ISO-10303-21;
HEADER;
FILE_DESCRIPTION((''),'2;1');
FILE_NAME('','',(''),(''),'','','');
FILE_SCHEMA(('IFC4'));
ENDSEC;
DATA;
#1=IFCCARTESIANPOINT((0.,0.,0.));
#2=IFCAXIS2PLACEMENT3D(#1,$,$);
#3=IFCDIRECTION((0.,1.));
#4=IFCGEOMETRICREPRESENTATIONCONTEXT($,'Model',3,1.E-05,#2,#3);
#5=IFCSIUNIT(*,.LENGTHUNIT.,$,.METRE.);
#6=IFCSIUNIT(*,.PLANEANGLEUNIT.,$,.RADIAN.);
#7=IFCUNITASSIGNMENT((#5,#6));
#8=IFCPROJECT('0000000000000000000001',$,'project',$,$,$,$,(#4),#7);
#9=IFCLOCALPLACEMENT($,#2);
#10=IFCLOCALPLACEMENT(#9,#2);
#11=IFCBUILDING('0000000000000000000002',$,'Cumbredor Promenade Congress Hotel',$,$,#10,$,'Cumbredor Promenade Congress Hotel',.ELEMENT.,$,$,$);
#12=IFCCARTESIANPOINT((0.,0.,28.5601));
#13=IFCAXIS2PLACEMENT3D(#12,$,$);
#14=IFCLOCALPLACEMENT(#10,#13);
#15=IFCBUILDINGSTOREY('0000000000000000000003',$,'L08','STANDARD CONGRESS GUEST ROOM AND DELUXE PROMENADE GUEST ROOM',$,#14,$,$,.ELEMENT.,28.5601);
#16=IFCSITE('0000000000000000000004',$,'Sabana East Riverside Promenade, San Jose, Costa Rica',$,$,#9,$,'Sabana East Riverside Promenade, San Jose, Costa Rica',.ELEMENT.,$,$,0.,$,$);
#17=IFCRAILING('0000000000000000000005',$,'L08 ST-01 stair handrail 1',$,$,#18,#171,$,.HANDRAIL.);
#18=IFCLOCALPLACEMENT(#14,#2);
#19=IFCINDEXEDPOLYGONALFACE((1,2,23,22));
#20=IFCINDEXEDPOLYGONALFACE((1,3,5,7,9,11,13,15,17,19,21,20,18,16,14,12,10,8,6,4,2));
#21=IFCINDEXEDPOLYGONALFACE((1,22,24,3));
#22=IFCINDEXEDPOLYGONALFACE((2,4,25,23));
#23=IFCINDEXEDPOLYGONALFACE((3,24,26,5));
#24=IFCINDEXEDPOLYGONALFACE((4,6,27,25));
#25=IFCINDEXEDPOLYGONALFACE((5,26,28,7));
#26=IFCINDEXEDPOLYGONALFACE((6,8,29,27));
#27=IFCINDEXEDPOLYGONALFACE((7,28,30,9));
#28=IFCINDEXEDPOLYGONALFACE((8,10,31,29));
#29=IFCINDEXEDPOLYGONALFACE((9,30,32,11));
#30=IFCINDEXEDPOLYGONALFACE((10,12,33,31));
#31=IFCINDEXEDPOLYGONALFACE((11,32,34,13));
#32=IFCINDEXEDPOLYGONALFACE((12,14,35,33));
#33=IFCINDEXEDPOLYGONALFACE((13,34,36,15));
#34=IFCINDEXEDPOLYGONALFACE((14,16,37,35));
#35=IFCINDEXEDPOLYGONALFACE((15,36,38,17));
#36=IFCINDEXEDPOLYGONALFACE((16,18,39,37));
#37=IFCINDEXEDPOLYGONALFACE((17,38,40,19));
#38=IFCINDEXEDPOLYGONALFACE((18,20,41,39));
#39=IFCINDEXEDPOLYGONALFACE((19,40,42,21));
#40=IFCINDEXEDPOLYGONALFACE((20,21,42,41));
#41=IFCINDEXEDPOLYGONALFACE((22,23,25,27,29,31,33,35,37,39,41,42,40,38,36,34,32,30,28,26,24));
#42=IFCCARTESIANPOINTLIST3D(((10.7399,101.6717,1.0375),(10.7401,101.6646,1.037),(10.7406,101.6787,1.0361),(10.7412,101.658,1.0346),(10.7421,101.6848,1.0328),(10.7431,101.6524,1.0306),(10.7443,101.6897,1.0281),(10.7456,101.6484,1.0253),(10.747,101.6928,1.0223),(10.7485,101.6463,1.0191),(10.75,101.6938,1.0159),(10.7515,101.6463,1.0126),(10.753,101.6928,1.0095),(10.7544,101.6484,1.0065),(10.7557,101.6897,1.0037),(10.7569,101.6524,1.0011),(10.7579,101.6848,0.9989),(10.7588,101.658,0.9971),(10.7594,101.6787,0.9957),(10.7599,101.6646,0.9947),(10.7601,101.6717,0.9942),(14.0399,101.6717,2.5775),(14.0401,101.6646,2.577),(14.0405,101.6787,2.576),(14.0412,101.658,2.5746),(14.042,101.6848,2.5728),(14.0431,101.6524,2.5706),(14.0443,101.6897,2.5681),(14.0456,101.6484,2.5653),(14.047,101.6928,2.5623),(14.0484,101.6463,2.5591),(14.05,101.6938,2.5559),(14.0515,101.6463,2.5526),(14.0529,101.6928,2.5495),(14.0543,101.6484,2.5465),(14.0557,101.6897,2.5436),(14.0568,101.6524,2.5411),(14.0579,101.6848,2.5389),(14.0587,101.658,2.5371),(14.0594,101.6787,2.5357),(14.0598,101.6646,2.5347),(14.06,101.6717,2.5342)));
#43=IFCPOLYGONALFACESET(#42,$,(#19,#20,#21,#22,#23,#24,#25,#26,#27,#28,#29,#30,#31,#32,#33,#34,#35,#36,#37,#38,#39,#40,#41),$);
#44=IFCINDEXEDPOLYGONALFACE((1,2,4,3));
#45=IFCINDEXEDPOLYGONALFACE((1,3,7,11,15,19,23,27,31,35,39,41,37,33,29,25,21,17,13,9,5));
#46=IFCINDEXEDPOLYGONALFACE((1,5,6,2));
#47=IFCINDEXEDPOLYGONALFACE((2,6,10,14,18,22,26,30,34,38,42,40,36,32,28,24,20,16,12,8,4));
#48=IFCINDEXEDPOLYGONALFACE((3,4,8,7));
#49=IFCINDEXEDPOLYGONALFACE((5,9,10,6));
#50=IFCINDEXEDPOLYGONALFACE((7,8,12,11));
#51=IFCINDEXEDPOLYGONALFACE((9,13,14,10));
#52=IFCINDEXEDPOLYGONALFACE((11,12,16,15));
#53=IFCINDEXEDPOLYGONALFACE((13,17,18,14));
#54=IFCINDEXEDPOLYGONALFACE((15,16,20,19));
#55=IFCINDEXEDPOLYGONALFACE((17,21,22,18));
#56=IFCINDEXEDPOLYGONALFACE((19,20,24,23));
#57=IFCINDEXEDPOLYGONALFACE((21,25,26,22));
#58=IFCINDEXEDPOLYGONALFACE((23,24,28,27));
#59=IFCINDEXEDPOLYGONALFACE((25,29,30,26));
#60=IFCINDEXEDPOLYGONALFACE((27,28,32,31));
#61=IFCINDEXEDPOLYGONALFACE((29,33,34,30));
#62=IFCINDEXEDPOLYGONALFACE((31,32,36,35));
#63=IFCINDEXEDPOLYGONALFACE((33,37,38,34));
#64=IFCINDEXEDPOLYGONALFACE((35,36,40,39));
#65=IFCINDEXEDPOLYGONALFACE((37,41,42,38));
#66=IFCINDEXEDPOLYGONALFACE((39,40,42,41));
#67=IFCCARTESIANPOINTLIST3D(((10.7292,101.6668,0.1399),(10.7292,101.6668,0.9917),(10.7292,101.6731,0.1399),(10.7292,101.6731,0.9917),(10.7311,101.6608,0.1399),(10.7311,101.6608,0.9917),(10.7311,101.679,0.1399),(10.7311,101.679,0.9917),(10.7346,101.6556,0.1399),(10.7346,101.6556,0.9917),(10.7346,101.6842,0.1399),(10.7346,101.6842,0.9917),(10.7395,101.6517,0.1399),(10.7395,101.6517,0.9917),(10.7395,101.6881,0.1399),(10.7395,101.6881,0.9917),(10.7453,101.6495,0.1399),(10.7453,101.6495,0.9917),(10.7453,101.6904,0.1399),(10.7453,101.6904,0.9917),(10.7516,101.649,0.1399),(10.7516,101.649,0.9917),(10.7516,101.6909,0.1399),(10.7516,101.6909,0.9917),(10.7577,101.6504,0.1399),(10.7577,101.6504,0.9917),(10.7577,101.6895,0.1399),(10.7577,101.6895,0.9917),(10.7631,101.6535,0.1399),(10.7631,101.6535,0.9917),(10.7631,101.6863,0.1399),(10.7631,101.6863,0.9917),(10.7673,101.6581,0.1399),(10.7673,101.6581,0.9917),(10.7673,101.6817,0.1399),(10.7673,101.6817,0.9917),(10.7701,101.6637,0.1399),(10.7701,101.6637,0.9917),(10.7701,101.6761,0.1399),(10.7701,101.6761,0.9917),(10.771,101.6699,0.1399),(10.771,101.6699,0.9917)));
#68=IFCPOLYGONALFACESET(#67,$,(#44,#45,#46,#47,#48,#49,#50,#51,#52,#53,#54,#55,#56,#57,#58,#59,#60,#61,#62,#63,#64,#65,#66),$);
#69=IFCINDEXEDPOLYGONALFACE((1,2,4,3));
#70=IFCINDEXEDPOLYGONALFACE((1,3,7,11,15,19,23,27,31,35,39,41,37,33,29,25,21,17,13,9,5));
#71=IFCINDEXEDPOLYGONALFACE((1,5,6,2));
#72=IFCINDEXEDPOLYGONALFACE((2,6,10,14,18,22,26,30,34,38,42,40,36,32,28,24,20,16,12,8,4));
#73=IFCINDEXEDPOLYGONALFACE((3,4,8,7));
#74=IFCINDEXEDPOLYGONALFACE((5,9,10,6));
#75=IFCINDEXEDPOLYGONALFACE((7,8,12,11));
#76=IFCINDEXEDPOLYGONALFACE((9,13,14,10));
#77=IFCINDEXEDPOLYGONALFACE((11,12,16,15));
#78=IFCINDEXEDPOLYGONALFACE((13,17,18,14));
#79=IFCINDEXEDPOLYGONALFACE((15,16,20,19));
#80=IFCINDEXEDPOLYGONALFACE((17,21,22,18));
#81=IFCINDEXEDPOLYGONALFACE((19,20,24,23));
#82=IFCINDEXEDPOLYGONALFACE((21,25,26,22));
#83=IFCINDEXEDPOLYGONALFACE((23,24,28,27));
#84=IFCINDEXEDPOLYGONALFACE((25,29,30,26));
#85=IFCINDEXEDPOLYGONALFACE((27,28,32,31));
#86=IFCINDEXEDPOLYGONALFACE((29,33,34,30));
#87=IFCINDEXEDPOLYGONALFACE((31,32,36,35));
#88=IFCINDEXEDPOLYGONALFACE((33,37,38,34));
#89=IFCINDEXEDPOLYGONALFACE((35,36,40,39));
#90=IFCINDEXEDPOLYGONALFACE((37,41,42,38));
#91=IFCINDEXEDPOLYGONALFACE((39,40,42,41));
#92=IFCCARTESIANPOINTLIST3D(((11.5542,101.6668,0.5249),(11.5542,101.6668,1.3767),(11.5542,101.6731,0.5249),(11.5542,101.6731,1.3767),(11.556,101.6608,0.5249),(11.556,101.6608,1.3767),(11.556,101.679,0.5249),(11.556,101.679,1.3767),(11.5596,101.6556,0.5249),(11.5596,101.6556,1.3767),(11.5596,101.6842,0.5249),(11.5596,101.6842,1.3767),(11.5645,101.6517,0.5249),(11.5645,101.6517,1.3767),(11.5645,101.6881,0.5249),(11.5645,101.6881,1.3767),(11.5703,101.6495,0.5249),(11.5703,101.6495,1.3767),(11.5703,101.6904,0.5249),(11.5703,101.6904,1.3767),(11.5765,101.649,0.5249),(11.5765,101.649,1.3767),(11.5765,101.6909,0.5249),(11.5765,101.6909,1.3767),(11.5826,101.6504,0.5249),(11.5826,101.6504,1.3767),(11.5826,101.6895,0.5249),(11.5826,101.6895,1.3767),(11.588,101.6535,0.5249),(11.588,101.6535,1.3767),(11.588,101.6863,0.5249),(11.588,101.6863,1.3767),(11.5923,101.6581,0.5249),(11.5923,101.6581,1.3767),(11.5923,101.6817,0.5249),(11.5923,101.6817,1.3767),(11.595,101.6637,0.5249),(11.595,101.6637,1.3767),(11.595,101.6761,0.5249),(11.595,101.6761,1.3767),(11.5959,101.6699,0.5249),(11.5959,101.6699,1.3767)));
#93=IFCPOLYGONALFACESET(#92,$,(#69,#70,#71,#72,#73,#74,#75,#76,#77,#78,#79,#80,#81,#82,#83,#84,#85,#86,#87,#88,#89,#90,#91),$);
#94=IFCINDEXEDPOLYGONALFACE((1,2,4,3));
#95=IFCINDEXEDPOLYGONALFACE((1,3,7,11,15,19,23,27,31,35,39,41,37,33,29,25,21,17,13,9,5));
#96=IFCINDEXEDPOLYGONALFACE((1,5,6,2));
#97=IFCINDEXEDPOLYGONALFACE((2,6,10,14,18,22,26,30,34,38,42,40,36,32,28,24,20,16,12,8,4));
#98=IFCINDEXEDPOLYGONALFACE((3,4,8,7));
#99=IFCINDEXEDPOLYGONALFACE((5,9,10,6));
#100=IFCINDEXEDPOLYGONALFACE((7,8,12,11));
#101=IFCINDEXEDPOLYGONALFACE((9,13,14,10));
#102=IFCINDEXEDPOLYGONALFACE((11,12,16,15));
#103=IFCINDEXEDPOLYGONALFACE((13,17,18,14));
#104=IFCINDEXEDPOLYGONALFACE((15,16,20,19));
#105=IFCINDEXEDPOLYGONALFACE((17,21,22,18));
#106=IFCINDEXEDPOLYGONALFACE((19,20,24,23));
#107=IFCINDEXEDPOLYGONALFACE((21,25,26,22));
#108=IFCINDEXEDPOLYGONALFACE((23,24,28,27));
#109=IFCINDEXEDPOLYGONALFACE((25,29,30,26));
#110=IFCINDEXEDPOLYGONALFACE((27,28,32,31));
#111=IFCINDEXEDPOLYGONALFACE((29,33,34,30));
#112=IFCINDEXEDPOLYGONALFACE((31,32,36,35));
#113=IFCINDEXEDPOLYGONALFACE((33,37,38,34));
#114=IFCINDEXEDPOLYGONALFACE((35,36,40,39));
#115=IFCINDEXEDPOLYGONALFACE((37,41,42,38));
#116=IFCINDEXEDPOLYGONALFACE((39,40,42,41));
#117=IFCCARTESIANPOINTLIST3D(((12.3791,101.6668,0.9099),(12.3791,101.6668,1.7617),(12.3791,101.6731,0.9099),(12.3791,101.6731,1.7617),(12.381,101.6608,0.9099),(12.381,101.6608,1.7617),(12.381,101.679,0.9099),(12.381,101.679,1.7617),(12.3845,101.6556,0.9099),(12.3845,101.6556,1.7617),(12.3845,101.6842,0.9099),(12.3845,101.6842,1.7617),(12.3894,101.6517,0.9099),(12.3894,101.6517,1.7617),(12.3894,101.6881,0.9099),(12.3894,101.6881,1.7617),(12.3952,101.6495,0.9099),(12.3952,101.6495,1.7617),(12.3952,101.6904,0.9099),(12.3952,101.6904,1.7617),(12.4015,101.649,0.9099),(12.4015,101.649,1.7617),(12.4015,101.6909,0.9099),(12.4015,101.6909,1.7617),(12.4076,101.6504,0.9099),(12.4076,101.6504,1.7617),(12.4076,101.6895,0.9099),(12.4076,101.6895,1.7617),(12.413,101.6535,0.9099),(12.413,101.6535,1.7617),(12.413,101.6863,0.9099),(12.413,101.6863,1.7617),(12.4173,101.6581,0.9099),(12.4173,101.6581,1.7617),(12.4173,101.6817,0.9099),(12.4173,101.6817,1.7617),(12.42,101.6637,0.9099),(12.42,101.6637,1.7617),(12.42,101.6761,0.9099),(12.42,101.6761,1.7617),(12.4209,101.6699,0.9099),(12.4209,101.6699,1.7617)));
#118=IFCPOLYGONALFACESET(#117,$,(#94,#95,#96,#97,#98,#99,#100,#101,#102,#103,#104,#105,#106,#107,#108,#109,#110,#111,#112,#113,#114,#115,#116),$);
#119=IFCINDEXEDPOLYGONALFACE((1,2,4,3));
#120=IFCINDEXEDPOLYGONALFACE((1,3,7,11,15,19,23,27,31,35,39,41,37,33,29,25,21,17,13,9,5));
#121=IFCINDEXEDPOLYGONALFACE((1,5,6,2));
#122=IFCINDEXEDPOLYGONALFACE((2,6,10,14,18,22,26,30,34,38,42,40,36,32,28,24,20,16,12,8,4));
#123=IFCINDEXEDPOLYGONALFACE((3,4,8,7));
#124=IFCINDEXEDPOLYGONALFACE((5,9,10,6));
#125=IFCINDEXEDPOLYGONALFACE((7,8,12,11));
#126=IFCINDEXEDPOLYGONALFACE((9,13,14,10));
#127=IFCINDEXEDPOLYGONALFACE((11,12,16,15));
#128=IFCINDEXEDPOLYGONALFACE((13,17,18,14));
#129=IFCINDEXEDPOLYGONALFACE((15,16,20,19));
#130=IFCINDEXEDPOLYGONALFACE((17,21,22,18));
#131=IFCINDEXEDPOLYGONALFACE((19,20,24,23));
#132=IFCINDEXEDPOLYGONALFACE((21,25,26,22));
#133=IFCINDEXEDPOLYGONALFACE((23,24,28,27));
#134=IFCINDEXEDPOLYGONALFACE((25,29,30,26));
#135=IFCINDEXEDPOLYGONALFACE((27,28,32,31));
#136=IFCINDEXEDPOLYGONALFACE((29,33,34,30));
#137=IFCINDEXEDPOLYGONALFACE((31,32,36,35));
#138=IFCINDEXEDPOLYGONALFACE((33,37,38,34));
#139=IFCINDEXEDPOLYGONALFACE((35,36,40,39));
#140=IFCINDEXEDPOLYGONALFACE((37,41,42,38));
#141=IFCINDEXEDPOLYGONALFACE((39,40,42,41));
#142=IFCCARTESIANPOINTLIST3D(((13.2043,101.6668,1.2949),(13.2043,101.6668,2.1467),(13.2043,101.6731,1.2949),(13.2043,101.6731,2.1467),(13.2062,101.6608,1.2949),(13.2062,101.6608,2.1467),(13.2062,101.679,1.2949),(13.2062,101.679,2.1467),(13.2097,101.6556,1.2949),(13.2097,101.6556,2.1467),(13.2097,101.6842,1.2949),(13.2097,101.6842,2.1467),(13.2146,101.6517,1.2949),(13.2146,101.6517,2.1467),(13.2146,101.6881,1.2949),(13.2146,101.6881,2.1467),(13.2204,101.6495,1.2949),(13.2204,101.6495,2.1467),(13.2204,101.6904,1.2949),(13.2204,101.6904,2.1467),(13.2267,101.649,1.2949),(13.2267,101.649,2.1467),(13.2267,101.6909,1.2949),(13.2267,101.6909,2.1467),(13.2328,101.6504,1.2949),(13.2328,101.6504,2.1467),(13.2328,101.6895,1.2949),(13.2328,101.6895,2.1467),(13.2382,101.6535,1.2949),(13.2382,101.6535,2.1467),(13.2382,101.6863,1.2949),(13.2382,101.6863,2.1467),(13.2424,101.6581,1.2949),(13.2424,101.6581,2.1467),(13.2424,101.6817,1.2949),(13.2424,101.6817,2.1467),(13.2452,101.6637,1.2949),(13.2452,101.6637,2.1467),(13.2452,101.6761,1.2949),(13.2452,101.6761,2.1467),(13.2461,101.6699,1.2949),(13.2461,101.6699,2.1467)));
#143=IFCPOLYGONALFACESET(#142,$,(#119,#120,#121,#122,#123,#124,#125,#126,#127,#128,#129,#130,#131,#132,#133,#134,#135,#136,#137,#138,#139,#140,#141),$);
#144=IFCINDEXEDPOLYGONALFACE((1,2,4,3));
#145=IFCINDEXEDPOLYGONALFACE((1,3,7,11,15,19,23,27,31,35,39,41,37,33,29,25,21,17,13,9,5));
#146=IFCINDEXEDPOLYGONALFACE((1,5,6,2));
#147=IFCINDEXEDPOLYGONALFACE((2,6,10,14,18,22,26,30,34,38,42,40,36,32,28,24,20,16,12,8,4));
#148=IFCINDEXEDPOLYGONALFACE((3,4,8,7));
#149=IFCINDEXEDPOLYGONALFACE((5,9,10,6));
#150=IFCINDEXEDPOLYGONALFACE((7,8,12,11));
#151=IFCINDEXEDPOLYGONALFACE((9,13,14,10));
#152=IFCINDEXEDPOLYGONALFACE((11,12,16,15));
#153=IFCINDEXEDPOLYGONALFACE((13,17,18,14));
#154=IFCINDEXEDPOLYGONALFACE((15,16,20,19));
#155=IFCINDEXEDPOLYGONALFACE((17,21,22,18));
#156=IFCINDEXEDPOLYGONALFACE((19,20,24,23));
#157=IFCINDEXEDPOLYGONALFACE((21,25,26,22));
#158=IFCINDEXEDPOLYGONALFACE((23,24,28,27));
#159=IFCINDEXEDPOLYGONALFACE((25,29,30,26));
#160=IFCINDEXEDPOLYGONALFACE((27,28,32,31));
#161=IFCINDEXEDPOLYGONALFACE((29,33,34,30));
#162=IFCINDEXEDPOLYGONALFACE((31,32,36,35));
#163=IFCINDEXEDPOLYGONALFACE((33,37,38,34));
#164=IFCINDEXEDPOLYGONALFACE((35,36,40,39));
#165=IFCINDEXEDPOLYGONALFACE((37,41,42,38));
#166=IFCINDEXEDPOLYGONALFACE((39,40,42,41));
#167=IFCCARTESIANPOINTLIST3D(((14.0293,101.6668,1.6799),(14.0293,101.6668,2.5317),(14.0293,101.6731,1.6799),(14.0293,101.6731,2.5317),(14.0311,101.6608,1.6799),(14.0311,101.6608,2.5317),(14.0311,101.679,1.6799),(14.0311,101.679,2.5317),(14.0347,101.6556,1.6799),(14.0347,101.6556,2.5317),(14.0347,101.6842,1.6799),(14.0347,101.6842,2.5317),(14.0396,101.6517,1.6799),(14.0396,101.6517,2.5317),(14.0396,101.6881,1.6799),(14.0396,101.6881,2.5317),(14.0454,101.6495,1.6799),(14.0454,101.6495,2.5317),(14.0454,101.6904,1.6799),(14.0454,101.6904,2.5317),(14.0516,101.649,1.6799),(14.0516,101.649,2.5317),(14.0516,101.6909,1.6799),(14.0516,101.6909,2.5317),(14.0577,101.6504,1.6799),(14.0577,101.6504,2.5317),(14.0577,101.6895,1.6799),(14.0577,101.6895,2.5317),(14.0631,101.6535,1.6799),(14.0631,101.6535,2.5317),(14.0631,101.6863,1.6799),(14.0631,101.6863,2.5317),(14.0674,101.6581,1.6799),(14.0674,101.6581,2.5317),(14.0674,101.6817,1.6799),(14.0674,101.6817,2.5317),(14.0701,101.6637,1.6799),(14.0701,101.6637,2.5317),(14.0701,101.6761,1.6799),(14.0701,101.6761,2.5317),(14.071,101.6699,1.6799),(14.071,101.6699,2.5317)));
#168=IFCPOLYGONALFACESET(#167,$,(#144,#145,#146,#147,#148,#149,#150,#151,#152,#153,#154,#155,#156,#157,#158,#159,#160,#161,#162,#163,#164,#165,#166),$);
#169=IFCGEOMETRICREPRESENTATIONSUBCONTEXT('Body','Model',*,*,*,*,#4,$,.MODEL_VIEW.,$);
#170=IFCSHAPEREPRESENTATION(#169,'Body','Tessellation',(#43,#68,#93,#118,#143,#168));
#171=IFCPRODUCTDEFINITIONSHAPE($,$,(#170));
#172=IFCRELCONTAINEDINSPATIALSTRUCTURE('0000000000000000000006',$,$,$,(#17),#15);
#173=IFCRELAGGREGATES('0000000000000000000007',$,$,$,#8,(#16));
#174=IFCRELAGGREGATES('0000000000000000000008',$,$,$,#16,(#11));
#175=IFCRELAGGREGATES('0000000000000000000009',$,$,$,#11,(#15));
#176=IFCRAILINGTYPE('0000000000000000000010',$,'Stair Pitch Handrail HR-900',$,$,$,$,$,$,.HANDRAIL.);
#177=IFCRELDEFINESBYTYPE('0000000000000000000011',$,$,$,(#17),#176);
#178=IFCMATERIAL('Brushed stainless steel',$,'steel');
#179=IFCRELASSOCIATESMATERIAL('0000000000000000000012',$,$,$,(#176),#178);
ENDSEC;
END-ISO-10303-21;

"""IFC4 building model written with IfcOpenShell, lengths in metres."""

from ifc_helpers import new_model, si_unit, direction, frame, origin, origin_2d, place, context, subcontext, project, spatial, circle, extrude, material, type_object, element, save


model = new_model("IFC4")

# Units and contexts
model_context = context("Model", 3, precision=1e-05, world=origin(), true_north=direction((0.0, 1.0)))
body_context = subcontext(model_context, "Body", "Model", "MODEL_VIEW")
ifc_project = project(units=[si_unit("LENGTHUNIT", "METRE"), si_unit("PLANEANGLEUNIT", "RADIAN")], contexts=[model_context])

# Site, building, storey
site_placement = place(None, origin())
site = spatial("IfcSite", under=ifc_project, at=site_placement, Name="Sabana East Riverside Promenade, San Jose, Costa Rica", LongName="Sabana East Riverside Promenade, San Jose, Costa Rica", CompositionType="ELEMENT", RefElevation=0.0)
building_placement = place(site_placement, origin())
building = spatial("IfcBuilding", under=site, at=building_placement, Name="Cumbredor Promenade Congress Hotel", LongName="Cumbredor Promenade Congress Hotel", CompositionType="ELEMENT")
storey_placement = place(building_placement, frame((0.0, 0.0, 28.5601)))
storey = spatial("IfcBuildingStorey", under=building, at=storey_placement, Name="L08", Description="STANDARD CONGRESS GUEST ROOM AND DELUXE PROMENADE GUEST ROOM", CompositionType="ELEMENT", Elevation=28.5601)

# Railing
ifc_material_1 = material(Name="Brushed stainless steel", Category="steel")
railing_type_1 = type_object("IfcRailingType", Name="Stair Pitch Handrail HR-900", PredefinedType="HANDRAIL", material=ifc_material_1)
railing_1_placement = place(storey_placement, frame((10.75, 101.6699, 0.1399)))
element("IfcRailing", 1, at=railing_1_placement, inside=storey, type_object=railing_type_1, Name="L08 ST-01 stair handrail 1", PredefinedType="HANDRAIL", context=body_context, shape_type="SweptSolid", body=[
    extrude(circle(Radius=0.0239, at=origin_2d()), frame((0.0, 0.0, 0.876), z_axis=(0.906181, 0.0, 0.422889), x_axis=(0.0, 1.0, 0.0)), (0.0, 0.0, 1.0), 3.6416),
    extrude(circle(Radius=0.021, at=origin_2d()), origin(), (0.0, 0.0, 1.0), 0.8518),
    extrude(circle(Radius=0.021, at=origin_2d()), frame((0.825, 0.0, 0.385)), (0.0, 0.0, 1.0), 0.8518),
    extrude(circle(Radius=0.021, at=origin_2d()), frame((1.6499, 0.0, 0.77)), (0.0, 0.0, 1.0), 0.8518),
    extrude(circle(Radius=0.021, at=origin_2d()), frame((2.4751, 0.0, 1.155)), (0.0, 0.0, 1.0), 0.8518),
    extrude(circle(Radius=0.021, at=origin_2d()), frame((3.3, 0.0, 1.54)), (0.0, 0.0, 1.0), 0.8518),
])

save(model, "model.ifc")
